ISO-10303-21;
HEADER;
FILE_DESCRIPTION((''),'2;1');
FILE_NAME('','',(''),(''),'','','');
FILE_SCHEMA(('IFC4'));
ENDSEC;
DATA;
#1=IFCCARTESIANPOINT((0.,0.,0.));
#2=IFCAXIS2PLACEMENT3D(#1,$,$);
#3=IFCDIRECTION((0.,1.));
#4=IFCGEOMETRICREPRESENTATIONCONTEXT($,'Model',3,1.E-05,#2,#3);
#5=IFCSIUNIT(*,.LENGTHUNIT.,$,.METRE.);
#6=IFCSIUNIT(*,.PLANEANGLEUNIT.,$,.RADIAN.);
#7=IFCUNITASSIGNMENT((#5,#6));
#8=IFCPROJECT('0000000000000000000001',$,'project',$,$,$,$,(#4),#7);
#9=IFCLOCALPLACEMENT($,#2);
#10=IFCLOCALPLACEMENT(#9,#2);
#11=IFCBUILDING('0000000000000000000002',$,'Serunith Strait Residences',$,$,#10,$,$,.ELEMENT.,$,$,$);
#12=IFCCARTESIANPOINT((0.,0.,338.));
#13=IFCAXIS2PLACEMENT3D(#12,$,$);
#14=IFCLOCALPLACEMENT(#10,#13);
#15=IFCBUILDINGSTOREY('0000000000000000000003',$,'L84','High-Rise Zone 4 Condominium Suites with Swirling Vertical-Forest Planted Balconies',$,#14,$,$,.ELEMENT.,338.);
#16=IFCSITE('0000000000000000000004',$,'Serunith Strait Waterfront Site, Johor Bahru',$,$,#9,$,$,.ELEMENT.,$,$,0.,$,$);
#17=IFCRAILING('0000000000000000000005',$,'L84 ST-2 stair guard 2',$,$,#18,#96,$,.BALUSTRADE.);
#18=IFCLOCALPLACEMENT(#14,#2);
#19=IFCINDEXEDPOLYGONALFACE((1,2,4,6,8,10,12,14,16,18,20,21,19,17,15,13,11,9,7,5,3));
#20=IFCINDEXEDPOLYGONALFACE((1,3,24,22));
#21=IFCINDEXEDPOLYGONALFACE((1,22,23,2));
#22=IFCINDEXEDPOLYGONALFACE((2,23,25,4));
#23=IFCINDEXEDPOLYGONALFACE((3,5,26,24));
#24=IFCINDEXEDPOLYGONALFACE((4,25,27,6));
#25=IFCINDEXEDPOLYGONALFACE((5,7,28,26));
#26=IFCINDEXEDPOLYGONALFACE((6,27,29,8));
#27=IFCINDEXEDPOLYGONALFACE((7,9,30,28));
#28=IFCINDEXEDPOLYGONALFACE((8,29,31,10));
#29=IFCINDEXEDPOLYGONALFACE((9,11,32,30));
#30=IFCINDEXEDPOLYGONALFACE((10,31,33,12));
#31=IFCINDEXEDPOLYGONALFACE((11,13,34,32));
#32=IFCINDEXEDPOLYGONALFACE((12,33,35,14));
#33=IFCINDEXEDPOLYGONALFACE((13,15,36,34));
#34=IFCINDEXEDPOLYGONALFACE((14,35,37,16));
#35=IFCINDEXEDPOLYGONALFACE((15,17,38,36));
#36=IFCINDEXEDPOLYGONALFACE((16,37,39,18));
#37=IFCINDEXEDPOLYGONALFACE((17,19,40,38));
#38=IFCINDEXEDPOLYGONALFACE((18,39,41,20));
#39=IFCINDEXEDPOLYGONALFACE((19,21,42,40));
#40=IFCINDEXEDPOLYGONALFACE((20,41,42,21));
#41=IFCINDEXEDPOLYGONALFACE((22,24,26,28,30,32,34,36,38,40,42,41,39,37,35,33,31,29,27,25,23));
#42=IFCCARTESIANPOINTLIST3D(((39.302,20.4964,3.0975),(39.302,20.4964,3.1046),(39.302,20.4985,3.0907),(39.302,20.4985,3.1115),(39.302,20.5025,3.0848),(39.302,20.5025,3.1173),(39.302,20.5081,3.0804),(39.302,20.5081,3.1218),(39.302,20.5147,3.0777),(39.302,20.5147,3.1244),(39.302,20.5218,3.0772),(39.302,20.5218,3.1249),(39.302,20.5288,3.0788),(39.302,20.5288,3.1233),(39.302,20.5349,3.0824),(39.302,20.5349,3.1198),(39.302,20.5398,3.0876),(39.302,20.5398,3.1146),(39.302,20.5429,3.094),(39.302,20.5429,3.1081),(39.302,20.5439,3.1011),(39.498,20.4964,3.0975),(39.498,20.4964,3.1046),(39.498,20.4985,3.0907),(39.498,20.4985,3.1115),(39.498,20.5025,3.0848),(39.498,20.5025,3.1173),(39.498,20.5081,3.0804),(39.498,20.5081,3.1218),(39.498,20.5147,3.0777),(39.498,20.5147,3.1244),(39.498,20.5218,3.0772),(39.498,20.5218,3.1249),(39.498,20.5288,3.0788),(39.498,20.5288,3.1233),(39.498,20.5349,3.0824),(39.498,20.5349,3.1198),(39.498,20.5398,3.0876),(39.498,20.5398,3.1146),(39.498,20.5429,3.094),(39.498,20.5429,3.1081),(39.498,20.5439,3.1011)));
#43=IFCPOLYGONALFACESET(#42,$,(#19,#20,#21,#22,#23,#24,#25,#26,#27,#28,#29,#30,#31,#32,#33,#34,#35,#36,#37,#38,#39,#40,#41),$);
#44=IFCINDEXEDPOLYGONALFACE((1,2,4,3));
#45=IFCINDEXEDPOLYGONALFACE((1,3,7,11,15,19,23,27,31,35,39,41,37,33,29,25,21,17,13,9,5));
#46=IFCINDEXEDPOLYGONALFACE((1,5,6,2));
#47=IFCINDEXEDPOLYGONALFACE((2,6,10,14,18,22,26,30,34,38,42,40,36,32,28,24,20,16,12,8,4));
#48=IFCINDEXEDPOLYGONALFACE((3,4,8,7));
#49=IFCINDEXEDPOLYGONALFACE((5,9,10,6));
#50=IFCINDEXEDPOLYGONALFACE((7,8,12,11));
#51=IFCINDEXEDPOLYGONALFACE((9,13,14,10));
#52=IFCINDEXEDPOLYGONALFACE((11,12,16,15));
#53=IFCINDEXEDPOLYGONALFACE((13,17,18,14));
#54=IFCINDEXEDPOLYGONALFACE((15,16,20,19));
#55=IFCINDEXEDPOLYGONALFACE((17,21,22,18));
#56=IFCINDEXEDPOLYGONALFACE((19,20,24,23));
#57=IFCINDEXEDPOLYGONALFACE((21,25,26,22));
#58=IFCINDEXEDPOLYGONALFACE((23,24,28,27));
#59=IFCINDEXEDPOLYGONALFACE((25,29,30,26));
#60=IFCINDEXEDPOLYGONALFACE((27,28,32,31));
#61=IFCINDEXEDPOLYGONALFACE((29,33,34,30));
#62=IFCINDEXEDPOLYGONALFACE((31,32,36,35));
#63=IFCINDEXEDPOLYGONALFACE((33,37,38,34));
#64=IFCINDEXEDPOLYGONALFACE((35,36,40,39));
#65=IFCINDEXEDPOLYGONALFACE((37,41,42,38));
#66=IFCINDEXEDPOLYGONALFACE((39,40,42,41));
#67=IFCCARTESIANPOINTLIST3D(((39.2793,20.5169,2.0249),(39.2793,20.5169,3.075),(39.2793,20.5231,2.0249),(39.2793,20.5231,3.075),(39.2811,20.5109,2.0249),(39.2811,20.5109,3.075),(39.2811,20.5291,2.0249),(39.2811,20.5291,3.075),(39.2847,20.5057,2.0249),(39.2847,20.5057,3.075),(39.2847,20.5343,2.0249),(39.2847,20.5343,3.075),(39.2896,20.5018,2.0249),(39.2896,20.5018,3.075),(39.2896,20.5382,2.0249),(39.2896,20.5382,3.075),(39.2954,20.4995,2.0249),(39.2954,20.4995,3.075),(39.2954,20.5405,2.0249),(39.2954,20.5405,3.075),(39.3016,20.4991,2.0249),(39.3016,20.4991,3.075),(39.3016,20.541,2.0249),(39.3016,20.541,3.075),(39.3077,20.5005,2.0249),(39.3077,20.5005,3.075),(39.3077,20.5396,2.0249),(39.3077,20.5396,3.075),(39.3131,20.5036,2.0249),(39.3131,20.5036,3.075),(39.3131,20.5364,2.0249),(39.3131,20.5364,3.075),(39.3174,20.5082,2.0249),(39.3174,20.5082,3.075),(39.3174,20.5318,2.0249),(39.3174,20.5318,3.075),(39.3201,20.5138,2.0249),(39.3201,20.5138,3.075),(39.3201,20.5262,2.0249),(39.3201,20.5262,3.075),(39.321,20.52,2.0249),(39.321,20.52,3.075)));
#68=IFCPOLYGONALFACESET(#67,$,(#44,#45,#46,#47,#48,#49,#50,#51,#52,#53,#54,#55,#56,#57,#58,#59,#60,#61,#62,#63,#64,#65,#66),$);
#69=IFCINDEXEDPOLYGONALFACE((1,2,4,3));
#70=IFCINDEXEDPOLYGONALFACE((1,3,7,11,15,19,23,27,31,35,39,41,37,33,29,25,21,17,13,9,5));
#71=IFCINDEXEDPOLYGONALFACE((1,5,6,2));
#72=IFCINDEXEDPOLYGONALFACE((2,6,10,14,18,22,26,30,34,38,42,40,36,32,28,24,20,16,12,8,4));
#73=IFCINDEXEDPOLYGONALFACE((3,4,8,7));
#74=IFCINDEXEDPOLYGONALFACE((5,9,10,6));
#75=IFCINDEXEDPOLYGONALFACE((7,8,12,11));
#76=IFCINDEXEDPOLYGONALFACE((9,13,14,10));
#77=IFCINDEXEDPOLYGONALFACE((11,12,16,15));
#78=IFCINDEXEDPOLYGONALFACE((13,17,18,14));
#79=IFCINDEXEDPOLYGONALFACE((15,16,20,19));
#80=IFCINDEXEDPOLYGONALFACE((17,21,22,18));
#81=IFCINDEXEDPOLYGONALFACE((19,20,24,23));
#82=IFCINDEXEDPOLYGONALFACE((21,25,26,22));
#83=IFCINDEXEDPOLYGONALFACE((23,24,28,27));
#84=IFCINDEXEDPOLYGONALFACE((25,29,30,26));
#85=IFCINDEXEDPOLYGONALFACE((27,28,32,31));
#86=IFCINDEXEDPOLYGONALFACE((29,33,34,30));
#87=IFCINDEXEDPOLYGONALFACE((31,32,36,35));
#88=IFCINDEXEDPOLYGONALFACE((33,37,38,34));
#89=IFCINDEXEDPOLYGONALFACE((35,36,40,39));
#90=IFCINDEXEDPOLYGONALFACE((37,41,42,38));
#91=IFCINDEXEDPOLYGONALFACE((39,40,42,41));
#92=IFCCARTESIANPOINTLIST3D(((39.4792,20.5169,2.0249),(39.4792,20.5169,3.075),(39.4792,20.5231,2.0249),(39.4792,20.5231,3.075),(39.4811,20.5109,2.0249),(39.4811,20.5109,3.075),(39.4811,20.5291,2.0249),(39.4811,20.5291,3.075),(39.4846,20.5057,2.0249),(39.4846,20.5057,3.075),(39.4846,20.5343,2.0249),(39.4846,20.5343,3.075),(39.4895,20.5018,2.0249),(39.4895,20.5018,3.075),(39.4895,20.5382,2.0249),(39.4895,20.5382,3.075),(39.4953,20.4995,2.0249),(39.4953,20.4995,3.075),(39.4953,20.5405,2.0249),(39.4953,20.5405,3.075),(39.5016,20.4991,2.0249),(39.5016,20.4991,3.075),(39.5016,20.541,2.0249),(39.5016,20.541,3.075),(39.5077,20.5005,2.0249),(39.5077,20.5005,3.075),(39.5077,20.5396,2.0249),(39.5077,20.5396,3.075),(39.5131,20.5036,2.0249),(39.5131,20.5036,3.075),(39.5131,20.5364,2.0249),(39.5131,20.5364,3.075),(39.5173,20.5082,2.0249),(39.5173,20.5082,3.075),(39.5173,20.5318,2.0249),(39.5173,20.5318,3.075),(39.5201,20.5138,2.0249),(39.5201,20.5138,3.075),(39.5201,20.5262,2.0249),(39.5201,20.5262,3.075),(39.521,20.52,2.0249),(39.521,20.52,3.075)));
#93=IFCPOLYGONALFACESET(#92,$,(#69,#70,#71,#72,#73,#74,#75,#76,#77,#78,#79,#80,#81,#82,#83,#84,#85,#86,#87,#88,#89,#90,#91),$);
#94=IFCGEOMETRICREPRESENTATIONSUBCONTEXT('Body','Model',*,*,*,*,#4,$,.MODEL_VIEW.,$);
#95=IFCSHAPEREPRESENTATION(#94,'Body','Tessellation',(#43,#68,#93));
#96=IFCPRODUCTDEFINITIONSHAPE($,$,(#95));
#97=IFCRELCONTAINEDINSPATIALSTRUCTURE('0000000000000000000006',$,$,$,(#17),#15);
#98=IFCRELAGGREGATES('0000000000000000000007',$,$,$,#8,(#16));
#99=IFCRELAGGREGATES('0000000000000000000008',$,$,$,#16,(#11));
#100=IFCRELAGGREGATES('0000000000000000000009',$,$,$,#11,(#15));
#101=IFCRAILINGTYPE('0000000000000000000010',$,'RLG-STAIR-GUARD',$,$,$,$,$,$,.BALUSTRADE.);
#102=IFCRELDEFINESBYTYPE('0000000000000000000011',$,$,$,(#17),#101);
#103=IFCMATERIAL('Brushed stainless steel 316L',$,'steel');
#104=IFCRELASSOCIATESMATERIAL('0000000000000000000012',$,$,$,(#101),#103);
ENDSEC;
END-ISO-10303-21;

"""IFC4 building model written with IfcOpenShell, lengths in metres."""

from ifc_helpers import new_model, si_unit, direction, frame, origin, origin_2d, place, context, subcontext, project, spatial, circle, extrude, material, type_object, element, save


model = new_model("IFC4")

# Units and contexts
model_context = context("Model", 3, precision=1e-05, world=origin(), true_north=direction((0.0, 1.0)))
body_context = subcontext(model_context, "Body", "Model", "MODEL_VIEW")
ifc_project = project(units=[si_unit("LENGTHUNIT", "METRE"), si_unit("PLANEANGLEUNIT", "RADIAN")], contexts=[model_context])

# Site, building, storey
site_placement = place(None, origin())
site = spatial("IfcSite", under=ifc_project, at=site_placement, Name="Serunith Strait Waterfront Site, Johor Bahru", CompositionType="ELEMENT", RefElevation=0.0)
building_placement = place(site_placement, origin())
building = spatial("IfcBuilding", under=site, at=building_placement, Name="Serunith Strait Residences", CompositionType="ELEMENT")
storey_placement = place(building_placement, frame((0.0, 0.0, 338.0)))
storey = spatial("IfcBuildingStorey", under=building, at=storey_placement, Name="L84", Description="High-Rise Zone 4 Condominium Suites with Swirling Vertical-Forest Planted Balconies", CompositionType="ELEMENT", Elevation=338.0)

# Railing
ifc_material_1 = material(Name="Brushed stainless steel 316L", Category="steel")
railing_type_1 = type_object("IfcRailingType", Name="RLG-STAIR-GUARD", PredefinedType="BALUSTRADE", material=ifc_material_1)
railing_1_placement = place(storey_placement, frame((39.3, 20.52, 2.0249)))
element("IfcRailing", 1, at=railing_1_placement, inside=storey, type_object=railing_type_1, Name="L84 ST-2 stair guard 2", PredefinedType="BALUSTRADE", context=body_context, shape_type="SweptSolid", body=[
    extrude(circle(Radius=0.0239, at=origin_2d()), frame((0.002, 0.0, 1.0762), z_axis=(1.0, 0.0, 0.0), x_axis=(0.0, 1.0, 0.0)), (0.0, 0.0, 1.0), 0.196),
    extrude(circle(Radius=0.021, at=origin_2d()), origin(), (0.0, 0.0, 1.0), 1.05),
    extrude(circle(Radius=0.021, at=origin_2d()), frame((0.2, 0.0, 0.0)), (0.0, 0.0, 1.0), 1.05),
])

save(model, "model.ifc")
